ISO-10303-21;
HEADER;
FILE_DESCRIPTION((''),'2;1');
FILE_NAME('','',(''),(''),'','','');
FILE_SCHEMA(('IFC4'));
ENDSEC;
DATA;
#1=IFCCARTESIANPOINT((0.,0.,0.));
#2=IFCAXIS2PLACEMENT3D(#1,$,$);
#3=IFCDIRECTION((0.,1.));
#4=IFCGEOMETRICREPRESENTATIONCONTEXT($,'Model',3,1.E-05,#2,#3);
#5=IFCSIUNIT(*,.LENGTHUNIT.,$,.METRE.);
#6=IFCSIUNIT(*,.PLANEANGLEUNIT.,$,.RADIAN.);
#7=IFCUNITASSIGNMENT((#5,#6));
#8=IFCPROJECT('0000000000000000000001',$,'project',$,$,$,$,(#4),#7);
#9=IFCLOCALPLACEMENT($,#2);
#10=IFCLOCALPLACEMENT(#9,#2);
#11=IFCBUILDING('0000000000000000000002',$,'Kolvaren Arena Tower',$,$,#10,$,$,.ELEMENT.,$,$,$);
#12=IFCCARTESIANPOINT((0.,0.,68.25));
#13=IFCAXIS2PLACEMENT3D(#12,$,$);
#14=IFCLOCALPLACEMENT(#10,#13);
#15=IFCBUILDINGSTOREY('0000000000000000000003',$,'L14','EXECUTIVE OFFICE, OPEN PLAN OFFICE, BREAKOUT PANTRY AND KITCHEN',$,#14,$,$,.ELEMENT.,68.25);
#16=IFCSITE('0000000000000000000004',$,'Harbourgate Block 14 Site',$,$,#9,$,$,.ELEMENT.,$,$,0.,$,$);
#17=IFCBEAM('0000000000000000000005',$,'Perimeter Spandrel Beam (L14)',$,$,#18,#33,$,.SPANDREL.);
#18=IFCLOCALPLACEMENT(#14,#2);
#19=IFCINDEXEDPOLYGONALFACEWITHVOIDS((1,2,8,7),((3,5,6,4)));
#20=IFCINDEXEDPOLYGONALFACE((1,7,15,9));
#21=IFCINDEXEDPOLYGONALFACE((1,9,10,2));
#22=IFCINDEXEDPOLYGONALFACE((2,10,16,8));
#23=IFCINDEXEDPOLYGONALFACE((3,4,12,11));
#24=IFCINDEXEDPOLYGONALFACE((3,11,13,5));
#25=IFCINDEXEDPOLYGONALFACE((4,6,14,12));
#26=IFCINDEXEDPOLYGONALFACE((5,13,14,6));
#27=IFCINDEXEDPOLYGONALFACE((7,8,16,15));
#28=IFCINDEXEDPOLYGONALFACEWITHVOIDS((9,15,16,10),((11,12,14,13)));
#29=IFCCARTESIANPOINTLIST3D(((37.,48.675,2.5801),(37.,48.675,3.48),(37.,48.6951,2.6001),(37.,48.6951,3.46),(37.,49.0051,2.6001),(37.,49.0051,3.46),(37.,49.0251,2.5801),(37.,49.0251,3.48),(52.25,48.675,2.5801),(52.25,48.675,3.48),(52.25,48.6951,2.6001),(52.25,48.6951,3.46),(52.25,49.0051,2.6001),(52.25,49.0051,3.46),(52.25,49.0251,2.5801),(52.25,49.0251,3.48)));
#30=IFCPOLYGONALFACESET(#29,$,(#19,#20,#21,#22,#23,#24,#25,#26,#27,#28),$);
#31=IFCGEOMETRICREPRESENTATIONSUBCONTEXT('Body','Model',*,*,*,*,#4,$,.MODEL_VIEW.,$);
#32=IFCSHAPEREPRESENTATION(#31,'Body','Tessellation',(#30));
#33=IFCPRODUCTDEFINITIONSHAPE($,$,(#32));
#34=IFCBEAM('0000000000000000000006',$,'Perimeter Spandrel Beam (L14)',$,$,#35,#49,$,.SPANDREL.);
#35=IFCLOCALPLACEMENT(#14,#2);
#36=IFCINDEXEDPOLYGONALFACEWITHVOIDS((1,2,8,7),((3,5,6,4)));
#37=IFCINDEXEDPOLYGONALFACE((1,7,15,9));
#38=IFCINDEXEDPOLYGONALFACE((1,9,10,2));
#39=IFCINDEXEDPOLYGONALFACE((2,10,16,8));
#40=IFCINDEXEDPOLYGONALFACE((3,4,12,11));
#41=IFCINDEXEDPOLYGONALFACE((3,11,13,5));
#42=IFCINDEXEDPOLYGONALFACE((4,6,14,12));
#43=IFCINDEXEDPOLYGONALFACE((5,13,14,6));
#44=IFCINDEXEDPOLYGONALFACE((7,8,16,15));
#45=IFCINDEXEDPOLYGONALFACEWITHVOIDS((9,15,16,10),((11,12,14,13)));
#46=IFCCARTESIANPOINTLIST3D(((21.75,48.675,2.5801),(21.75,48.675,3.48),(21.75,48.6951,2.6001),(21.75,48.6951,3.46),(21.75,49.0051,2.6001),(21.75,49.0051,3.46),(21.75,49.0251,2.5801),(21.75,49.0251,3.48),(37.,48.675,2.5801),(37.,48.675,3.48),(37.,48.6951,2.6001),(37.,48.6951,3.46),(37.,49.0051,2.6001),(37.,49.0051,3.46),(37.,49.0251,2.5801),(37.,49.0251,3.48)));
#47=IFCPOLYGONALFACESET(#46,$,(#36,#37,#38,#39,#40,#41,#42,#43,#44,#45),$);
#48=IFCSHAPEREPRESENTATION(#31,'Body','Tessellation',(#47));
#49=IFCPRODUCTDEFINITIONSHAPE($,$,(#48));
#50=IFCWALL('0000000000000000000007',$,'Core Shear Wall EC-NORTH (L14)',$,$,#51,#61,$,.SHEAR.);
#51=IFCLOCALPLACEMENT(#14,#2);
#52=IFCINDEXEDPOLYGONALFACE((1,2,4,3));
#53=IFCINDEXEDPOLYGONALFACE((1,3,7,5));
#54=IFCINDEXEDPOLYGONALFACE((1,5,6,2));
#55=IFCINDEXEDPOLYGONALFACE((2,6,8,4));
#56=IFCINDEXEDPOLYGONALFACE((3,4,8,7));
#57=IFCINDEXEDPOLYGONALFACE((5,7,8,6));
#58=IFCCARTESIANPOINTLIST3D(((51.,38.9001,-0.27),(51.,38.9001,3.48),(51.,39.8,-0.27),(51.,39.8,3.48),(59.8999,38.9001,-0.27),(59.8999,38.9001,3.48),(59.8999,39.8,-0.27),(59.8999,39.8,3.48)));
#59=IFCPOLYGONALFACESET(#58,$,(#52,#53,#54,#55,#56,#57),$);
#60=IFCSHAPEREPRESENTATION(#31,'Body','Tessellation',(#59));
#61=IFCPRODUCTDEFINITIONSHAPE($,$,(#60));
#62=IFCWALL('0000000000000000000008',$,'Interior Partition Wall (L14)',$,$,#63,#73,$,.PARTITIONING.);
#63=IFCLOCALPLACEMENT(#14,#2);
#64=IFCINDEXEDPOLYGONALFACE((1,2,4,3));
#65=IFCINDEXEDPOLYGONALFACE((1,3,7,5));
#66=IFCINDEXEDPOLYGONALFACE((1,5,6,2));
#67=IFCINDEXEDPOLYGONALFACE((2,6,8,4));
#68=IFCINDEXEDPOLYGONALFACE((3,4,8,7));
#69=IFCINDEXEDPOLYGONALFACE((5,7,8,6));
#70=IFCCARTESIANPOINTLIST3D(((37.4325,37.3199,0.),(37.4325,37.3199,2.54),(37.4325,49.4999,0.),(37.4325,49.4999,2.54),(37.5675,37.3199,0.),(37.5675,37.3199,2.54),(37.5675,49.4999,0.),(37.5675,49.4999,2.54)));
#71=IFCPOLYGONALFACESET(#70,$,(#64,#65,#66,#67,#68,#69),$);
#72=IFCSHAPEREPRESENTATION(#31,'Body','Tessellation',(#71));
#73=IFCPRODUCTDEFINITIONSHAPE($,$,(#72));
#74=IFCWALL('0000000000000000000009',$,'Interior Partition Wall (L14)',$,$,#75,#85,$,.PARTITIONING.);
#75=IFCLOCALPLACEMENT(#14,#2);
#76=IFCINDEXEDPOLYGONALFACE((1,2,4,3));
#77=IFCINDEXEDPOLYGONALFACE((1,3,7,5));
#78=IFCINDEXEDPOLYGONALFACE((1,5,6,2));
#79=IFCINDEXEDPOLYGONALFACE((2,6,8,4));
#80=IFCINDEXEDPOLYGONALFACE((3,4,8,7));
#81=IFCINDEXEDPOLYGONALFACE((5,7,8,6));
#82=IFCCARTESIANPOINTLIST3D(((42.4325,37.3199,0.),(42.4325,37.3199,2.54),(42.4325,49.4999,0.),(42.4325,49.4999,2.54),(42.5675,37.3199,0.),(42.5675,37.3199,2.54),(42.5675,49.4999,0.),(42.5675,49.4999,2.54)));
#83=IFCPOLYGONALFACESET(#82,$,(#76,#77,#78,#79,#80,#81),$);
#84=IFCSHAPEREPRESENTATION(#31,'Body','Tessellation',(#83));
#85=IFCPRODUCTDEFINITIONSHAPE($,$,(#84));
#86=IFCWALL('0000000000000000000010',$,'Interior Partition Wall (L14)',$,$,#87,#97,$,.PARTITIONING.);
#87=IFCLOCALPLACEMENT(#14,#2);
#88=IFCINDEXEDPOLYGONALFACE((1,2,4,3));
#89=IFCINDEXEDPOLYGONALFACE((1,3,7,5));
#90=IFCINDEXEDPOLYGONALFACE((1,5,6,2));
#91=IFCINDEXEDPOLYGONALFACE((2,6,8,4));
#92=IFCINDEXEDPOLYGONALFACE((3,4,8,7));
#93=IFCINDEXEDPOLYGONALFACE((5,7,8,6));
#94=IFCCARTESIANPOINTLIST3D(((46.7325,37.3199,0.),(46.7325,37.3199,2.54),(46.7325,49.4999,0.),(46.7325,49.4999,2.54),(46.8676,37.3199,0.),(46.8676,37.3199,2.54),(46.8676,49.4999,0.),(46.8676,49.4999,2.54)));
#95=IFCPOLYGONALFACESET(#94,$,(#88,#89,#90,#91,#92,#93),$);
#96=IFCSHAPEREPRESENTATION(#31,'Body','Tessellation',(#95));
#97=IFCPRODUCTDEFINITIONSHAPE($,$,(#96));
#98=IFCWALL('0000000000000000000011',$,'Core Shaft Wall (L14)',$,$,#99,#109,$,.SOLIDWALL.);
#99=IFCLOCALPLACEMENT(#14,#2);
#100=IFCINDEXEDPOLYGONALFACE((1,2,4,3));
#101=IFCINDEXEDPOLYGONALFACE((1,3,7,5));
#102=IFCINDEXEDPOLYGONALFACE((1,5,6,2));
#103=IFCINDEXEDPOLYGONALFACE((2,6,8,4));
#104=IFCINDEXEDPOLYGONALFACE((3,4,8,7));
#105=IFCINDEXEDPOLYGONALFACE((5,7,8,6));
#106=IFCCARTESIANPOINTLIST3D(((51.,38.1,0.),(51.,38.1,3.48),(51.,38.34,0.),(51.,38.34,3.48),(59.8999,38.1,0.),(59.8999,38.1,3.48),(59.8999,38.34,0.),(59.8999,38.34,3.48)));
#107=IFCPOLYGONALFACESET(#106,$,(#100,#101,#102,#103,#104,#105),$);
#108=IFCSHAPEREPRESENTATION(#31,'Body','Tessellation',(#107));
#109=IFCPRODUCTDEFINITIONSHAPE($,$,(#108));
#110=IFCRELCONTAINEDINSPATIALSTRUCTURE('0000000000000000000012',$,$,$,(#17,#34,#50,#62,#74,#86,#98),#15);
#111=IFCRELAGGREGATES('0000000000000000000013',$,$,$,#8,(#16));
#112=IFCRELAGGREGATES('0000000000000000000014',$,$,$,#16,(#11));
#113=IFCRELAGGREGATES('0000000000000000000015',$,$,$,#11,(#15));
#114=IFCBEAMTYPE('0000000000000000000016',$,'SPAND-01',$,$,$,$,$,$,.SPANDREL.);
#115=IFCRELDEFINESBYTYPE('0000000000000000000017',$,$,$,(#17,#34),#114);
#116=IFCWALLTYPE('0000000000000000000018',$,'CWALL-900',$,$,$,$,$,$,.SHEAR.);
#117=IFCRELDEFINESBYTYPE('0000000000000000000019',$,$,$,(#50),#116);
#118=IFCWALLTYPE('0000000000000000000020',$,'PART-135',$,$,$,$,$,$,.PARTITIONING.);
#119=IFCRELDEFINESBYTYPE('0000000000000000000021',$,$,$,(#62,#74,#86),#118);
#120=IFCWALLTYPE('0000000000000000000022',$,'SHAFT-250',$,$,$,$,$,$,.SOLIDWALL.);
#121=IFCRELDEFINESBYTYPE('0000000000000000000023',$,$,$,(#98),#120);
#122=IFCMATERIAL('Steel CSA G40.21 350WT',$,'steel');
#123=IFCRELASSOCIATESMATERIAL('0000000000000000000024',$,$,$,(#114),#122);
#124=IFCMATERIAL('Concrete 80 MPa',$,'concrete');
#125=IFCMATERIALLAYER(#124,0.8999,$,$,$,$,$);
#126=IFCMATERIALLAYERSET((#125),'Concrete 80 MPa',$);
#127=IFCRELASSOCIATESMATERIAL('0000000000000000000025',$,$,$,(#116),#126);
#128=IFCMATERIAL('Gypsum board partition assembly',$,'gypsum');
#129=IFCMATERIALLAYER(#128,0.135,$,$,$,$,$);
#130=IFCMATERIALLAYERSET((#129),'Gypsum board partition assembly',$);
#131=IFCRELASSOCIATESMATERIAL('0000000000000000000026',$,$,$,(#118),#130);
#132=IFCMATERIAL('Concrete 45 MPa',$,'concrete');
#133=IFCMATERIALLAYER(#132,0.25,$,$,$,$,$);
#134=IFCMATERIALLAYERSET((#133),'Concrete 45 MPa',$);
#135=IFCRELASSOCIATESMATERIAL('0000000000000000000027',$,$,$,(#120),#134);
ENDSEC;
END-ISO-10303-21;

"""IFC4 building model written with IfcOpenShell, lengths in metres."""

from ifc_helpers import new_model, si_unit, direction, frame, frame_2d, origin, origin_2d, place, context, subcontext, project, spatial, rectangle, hollow_rectangle, extrude, material, layer, layer_set, material_profile, profile_set, type_object, element, save


model = new_model("IFC4")

# Units and contexts
model_context = context("Model", 3, precision=1e-05, world=origin(), true_north=direction((0.0, 1.0)))
body_context = subcontext(model_context, "Body", "Model", "MODEL_VIEW")
ifc_project = project(units=[si_unit("LENGTHUNIT", "METRE"), si_unit("PLANEANGLEUNIT", "RADIAN")], contexts=[model_context])

# Site, building, storey
site_placement = place(None, origin())
site = spatial("IfcSite", under=ifc_project, at=site_placement, Name="Harbourgate Block 14 Site", CompositionType="ELEMENT", RefElevation=0.0)
building_placement = place(site_placement, origin())
building = spatial("IfcBuilding", under=site, at=building_placement, Name="Kolvaren Arena Tower", CompositionType="ELEMENT")
storey_placement = place(building_placement, frame((0.0, 0.0, 68.25)))
storey = spatial("IfcBuildingStorey", under=building, at=storey_placement, Name="L14", Description="EXECUTIVE OFFICE, OPEN PLAN OFFICE, BREAKOUT PANTRY AND KITCHEN", CompositionType="ELEMENT", Elevation=68.25)

# Beams
ifc_material_1 = material(Name="Steel CSA G40.21 350WT", Category="steel")
ifc_material_profile_1 = material_profile(ifc_material_1, hollow_rectangle(XDim=0.3501, YDim=0.8999, WallThickness=0.02, at=origin_2d()), Name="HSS 900x350x20")
ifc_profile_set_1 = profile_set([ifc_material_profile_1], Name="Steel CSA G40.21 350WT")
beam_type_1 = type_object("IfcBeamType", Name="SPAND-01", PredefinedType="SPANDREL", material=ifc_profile_set_1)
for number, where, z_axis, x_axis, name in (
    (1, (52.25, 48.8501, 3.03), (-1.0, 0.0, 0.0), (0.0, -1.0, 0.0), "Perimeter Spandrel Beam (L14)"),
    (2, (37.0, 48.8501, 3.03), (-1.0, 0.0, 0.0), (0.0, -1.0, 0.0), "Perimeter Spandrel Beam (L14)"),
):
    element("IfcBeam", number, at=place(storey_placement, frame(where, z_axis=z_axis, x_axis=x_axis)), inside=storey, type_object=beam_type_1, Name=name, PredefinedType="SPANDREL", context=body_context, shape_type="SweptSolid", body=[
        extrude(hollow_rectangle(XDim=0.3501, YDim=0.8999, WallThickness=0.02, at=origin_2d()), origin(), (0.0, 0.0, 1.0), 15.25),
    ])

# Walls
ifc_material_2 = material(Name="Concrete 80 MPa", Category="concrete")
ifc_layer_1 = layer(ifc_material_2, 0.8999)
ifc_layer_set_1 = layer_set([ifc_layer_1], Name="Concrete 80 MPa")
wall_type_1 = type_object("IfcWallType", Name="CWALL-900", PredefinedType="SHEAR", material=ifc_layer_set_1)
wall_1_placement = place(storey_placement, frame((51.0, 39.3501, -0.27), z_axis=(0.0, 0.0, 1.0), x_axis=(1.0, 0.0, 0.0)))
element("IfcWall", 3, at=wall_1_placement, inside=storey, type_object=wall_type_1, Name="Core Shear Wall EC-NORTH (L14)", PredefinedType="SHEAR", context=body_context, shape_type="SweptSolid", body=[
    extrude(rectangle(XDim=8.8999, YDim=0.8999, at=frame_2d((4.45, 0.0))), origin(), (0.0, 0.0, 1.0), 3.75),
])
ifc_material_3 = material(Name="Gypsum board partition assembly", Category="gypsum")
ifc_layer_2 = layer(ifc_material_3, 0.135)
ifc_layer_set_2 = layer_set([ifc_layer_2], Name="Gypsum board partition assembly")
wall_type_2 = type_object("IfcWallType", Name="PART-135", PredefinedType="PARTITIONING", material=ifc_layer_set_2)
for number, where, z_axis, x_axis, name in (
    (4, (37.5, 37.3201, 0.0), (0.0, 0.0, 1.0), (0.0, 1.0, 0.0), "Interior Partition Wall (L14)"),
    (5, (42.5, 37.3201, 0.0), (0.0, 0.0, 1.0), (0.0, 1.0, 0.0), "Interior Partition Wall (L14)"),
    (6, (46.8, 37.3201, 0.0), (0.0, 0.0, 1.0), (0.0, 1.0, 0.0), "Interior Partition Wall (L14)"),
):
    element("IfcWall", number, at=place(storey_placement, frame(where, z_axis=z_axis, x_axis=x_axis)), inside=storey, type_object=wall_type_2, Name=name, PredefinedType="PARTITIONING", context=body_context, shape_type="SweptSolid", body=[
        extrude(rectangle(XDim=12.1799, YDim=0.135, at=frame_2d((6.0898, 0.0))), origin(), (0.0, 0.0, 1.0), 2.54),
    ])
ifc_material_4 = material(Name="Concrete 45 MPa", Category="concrete")
ifc_layer_3 = layer(ifc_material_4, 0.25)
ifc_layer_set_3 = layer_set([ifc_layer_3], Name="Concrete 45 MPa")
wall_type_3 = type_object("IfcWallType", Name="SHAFT-250", PredefinedType="SOLIDWALL", material=ifc_layer_set_3)
wall_2_placement = place(storey_placement, frame((51.0, 38.22, 0.0), z_axis=(0.0, 0.0, 1.0), x_axis=(1.0, 0.0, 0.0)))
element("IfcWall", 7, at=wall_2_placement, inside=storey, type_object=wall_type_3, Name="Core Shaft Wall (L14)", PredefinedType="SOLIDWALL", context=body_context, shape_type="SweptSolid", body=[
    extrude(rectangle(XDim=8.8999, YDim=0.24, at=frame_2d((4.45, 0.0))), origin(), (0.0, 0.0, 1.0), 3.48),
])

save(model, "model.ifc")
